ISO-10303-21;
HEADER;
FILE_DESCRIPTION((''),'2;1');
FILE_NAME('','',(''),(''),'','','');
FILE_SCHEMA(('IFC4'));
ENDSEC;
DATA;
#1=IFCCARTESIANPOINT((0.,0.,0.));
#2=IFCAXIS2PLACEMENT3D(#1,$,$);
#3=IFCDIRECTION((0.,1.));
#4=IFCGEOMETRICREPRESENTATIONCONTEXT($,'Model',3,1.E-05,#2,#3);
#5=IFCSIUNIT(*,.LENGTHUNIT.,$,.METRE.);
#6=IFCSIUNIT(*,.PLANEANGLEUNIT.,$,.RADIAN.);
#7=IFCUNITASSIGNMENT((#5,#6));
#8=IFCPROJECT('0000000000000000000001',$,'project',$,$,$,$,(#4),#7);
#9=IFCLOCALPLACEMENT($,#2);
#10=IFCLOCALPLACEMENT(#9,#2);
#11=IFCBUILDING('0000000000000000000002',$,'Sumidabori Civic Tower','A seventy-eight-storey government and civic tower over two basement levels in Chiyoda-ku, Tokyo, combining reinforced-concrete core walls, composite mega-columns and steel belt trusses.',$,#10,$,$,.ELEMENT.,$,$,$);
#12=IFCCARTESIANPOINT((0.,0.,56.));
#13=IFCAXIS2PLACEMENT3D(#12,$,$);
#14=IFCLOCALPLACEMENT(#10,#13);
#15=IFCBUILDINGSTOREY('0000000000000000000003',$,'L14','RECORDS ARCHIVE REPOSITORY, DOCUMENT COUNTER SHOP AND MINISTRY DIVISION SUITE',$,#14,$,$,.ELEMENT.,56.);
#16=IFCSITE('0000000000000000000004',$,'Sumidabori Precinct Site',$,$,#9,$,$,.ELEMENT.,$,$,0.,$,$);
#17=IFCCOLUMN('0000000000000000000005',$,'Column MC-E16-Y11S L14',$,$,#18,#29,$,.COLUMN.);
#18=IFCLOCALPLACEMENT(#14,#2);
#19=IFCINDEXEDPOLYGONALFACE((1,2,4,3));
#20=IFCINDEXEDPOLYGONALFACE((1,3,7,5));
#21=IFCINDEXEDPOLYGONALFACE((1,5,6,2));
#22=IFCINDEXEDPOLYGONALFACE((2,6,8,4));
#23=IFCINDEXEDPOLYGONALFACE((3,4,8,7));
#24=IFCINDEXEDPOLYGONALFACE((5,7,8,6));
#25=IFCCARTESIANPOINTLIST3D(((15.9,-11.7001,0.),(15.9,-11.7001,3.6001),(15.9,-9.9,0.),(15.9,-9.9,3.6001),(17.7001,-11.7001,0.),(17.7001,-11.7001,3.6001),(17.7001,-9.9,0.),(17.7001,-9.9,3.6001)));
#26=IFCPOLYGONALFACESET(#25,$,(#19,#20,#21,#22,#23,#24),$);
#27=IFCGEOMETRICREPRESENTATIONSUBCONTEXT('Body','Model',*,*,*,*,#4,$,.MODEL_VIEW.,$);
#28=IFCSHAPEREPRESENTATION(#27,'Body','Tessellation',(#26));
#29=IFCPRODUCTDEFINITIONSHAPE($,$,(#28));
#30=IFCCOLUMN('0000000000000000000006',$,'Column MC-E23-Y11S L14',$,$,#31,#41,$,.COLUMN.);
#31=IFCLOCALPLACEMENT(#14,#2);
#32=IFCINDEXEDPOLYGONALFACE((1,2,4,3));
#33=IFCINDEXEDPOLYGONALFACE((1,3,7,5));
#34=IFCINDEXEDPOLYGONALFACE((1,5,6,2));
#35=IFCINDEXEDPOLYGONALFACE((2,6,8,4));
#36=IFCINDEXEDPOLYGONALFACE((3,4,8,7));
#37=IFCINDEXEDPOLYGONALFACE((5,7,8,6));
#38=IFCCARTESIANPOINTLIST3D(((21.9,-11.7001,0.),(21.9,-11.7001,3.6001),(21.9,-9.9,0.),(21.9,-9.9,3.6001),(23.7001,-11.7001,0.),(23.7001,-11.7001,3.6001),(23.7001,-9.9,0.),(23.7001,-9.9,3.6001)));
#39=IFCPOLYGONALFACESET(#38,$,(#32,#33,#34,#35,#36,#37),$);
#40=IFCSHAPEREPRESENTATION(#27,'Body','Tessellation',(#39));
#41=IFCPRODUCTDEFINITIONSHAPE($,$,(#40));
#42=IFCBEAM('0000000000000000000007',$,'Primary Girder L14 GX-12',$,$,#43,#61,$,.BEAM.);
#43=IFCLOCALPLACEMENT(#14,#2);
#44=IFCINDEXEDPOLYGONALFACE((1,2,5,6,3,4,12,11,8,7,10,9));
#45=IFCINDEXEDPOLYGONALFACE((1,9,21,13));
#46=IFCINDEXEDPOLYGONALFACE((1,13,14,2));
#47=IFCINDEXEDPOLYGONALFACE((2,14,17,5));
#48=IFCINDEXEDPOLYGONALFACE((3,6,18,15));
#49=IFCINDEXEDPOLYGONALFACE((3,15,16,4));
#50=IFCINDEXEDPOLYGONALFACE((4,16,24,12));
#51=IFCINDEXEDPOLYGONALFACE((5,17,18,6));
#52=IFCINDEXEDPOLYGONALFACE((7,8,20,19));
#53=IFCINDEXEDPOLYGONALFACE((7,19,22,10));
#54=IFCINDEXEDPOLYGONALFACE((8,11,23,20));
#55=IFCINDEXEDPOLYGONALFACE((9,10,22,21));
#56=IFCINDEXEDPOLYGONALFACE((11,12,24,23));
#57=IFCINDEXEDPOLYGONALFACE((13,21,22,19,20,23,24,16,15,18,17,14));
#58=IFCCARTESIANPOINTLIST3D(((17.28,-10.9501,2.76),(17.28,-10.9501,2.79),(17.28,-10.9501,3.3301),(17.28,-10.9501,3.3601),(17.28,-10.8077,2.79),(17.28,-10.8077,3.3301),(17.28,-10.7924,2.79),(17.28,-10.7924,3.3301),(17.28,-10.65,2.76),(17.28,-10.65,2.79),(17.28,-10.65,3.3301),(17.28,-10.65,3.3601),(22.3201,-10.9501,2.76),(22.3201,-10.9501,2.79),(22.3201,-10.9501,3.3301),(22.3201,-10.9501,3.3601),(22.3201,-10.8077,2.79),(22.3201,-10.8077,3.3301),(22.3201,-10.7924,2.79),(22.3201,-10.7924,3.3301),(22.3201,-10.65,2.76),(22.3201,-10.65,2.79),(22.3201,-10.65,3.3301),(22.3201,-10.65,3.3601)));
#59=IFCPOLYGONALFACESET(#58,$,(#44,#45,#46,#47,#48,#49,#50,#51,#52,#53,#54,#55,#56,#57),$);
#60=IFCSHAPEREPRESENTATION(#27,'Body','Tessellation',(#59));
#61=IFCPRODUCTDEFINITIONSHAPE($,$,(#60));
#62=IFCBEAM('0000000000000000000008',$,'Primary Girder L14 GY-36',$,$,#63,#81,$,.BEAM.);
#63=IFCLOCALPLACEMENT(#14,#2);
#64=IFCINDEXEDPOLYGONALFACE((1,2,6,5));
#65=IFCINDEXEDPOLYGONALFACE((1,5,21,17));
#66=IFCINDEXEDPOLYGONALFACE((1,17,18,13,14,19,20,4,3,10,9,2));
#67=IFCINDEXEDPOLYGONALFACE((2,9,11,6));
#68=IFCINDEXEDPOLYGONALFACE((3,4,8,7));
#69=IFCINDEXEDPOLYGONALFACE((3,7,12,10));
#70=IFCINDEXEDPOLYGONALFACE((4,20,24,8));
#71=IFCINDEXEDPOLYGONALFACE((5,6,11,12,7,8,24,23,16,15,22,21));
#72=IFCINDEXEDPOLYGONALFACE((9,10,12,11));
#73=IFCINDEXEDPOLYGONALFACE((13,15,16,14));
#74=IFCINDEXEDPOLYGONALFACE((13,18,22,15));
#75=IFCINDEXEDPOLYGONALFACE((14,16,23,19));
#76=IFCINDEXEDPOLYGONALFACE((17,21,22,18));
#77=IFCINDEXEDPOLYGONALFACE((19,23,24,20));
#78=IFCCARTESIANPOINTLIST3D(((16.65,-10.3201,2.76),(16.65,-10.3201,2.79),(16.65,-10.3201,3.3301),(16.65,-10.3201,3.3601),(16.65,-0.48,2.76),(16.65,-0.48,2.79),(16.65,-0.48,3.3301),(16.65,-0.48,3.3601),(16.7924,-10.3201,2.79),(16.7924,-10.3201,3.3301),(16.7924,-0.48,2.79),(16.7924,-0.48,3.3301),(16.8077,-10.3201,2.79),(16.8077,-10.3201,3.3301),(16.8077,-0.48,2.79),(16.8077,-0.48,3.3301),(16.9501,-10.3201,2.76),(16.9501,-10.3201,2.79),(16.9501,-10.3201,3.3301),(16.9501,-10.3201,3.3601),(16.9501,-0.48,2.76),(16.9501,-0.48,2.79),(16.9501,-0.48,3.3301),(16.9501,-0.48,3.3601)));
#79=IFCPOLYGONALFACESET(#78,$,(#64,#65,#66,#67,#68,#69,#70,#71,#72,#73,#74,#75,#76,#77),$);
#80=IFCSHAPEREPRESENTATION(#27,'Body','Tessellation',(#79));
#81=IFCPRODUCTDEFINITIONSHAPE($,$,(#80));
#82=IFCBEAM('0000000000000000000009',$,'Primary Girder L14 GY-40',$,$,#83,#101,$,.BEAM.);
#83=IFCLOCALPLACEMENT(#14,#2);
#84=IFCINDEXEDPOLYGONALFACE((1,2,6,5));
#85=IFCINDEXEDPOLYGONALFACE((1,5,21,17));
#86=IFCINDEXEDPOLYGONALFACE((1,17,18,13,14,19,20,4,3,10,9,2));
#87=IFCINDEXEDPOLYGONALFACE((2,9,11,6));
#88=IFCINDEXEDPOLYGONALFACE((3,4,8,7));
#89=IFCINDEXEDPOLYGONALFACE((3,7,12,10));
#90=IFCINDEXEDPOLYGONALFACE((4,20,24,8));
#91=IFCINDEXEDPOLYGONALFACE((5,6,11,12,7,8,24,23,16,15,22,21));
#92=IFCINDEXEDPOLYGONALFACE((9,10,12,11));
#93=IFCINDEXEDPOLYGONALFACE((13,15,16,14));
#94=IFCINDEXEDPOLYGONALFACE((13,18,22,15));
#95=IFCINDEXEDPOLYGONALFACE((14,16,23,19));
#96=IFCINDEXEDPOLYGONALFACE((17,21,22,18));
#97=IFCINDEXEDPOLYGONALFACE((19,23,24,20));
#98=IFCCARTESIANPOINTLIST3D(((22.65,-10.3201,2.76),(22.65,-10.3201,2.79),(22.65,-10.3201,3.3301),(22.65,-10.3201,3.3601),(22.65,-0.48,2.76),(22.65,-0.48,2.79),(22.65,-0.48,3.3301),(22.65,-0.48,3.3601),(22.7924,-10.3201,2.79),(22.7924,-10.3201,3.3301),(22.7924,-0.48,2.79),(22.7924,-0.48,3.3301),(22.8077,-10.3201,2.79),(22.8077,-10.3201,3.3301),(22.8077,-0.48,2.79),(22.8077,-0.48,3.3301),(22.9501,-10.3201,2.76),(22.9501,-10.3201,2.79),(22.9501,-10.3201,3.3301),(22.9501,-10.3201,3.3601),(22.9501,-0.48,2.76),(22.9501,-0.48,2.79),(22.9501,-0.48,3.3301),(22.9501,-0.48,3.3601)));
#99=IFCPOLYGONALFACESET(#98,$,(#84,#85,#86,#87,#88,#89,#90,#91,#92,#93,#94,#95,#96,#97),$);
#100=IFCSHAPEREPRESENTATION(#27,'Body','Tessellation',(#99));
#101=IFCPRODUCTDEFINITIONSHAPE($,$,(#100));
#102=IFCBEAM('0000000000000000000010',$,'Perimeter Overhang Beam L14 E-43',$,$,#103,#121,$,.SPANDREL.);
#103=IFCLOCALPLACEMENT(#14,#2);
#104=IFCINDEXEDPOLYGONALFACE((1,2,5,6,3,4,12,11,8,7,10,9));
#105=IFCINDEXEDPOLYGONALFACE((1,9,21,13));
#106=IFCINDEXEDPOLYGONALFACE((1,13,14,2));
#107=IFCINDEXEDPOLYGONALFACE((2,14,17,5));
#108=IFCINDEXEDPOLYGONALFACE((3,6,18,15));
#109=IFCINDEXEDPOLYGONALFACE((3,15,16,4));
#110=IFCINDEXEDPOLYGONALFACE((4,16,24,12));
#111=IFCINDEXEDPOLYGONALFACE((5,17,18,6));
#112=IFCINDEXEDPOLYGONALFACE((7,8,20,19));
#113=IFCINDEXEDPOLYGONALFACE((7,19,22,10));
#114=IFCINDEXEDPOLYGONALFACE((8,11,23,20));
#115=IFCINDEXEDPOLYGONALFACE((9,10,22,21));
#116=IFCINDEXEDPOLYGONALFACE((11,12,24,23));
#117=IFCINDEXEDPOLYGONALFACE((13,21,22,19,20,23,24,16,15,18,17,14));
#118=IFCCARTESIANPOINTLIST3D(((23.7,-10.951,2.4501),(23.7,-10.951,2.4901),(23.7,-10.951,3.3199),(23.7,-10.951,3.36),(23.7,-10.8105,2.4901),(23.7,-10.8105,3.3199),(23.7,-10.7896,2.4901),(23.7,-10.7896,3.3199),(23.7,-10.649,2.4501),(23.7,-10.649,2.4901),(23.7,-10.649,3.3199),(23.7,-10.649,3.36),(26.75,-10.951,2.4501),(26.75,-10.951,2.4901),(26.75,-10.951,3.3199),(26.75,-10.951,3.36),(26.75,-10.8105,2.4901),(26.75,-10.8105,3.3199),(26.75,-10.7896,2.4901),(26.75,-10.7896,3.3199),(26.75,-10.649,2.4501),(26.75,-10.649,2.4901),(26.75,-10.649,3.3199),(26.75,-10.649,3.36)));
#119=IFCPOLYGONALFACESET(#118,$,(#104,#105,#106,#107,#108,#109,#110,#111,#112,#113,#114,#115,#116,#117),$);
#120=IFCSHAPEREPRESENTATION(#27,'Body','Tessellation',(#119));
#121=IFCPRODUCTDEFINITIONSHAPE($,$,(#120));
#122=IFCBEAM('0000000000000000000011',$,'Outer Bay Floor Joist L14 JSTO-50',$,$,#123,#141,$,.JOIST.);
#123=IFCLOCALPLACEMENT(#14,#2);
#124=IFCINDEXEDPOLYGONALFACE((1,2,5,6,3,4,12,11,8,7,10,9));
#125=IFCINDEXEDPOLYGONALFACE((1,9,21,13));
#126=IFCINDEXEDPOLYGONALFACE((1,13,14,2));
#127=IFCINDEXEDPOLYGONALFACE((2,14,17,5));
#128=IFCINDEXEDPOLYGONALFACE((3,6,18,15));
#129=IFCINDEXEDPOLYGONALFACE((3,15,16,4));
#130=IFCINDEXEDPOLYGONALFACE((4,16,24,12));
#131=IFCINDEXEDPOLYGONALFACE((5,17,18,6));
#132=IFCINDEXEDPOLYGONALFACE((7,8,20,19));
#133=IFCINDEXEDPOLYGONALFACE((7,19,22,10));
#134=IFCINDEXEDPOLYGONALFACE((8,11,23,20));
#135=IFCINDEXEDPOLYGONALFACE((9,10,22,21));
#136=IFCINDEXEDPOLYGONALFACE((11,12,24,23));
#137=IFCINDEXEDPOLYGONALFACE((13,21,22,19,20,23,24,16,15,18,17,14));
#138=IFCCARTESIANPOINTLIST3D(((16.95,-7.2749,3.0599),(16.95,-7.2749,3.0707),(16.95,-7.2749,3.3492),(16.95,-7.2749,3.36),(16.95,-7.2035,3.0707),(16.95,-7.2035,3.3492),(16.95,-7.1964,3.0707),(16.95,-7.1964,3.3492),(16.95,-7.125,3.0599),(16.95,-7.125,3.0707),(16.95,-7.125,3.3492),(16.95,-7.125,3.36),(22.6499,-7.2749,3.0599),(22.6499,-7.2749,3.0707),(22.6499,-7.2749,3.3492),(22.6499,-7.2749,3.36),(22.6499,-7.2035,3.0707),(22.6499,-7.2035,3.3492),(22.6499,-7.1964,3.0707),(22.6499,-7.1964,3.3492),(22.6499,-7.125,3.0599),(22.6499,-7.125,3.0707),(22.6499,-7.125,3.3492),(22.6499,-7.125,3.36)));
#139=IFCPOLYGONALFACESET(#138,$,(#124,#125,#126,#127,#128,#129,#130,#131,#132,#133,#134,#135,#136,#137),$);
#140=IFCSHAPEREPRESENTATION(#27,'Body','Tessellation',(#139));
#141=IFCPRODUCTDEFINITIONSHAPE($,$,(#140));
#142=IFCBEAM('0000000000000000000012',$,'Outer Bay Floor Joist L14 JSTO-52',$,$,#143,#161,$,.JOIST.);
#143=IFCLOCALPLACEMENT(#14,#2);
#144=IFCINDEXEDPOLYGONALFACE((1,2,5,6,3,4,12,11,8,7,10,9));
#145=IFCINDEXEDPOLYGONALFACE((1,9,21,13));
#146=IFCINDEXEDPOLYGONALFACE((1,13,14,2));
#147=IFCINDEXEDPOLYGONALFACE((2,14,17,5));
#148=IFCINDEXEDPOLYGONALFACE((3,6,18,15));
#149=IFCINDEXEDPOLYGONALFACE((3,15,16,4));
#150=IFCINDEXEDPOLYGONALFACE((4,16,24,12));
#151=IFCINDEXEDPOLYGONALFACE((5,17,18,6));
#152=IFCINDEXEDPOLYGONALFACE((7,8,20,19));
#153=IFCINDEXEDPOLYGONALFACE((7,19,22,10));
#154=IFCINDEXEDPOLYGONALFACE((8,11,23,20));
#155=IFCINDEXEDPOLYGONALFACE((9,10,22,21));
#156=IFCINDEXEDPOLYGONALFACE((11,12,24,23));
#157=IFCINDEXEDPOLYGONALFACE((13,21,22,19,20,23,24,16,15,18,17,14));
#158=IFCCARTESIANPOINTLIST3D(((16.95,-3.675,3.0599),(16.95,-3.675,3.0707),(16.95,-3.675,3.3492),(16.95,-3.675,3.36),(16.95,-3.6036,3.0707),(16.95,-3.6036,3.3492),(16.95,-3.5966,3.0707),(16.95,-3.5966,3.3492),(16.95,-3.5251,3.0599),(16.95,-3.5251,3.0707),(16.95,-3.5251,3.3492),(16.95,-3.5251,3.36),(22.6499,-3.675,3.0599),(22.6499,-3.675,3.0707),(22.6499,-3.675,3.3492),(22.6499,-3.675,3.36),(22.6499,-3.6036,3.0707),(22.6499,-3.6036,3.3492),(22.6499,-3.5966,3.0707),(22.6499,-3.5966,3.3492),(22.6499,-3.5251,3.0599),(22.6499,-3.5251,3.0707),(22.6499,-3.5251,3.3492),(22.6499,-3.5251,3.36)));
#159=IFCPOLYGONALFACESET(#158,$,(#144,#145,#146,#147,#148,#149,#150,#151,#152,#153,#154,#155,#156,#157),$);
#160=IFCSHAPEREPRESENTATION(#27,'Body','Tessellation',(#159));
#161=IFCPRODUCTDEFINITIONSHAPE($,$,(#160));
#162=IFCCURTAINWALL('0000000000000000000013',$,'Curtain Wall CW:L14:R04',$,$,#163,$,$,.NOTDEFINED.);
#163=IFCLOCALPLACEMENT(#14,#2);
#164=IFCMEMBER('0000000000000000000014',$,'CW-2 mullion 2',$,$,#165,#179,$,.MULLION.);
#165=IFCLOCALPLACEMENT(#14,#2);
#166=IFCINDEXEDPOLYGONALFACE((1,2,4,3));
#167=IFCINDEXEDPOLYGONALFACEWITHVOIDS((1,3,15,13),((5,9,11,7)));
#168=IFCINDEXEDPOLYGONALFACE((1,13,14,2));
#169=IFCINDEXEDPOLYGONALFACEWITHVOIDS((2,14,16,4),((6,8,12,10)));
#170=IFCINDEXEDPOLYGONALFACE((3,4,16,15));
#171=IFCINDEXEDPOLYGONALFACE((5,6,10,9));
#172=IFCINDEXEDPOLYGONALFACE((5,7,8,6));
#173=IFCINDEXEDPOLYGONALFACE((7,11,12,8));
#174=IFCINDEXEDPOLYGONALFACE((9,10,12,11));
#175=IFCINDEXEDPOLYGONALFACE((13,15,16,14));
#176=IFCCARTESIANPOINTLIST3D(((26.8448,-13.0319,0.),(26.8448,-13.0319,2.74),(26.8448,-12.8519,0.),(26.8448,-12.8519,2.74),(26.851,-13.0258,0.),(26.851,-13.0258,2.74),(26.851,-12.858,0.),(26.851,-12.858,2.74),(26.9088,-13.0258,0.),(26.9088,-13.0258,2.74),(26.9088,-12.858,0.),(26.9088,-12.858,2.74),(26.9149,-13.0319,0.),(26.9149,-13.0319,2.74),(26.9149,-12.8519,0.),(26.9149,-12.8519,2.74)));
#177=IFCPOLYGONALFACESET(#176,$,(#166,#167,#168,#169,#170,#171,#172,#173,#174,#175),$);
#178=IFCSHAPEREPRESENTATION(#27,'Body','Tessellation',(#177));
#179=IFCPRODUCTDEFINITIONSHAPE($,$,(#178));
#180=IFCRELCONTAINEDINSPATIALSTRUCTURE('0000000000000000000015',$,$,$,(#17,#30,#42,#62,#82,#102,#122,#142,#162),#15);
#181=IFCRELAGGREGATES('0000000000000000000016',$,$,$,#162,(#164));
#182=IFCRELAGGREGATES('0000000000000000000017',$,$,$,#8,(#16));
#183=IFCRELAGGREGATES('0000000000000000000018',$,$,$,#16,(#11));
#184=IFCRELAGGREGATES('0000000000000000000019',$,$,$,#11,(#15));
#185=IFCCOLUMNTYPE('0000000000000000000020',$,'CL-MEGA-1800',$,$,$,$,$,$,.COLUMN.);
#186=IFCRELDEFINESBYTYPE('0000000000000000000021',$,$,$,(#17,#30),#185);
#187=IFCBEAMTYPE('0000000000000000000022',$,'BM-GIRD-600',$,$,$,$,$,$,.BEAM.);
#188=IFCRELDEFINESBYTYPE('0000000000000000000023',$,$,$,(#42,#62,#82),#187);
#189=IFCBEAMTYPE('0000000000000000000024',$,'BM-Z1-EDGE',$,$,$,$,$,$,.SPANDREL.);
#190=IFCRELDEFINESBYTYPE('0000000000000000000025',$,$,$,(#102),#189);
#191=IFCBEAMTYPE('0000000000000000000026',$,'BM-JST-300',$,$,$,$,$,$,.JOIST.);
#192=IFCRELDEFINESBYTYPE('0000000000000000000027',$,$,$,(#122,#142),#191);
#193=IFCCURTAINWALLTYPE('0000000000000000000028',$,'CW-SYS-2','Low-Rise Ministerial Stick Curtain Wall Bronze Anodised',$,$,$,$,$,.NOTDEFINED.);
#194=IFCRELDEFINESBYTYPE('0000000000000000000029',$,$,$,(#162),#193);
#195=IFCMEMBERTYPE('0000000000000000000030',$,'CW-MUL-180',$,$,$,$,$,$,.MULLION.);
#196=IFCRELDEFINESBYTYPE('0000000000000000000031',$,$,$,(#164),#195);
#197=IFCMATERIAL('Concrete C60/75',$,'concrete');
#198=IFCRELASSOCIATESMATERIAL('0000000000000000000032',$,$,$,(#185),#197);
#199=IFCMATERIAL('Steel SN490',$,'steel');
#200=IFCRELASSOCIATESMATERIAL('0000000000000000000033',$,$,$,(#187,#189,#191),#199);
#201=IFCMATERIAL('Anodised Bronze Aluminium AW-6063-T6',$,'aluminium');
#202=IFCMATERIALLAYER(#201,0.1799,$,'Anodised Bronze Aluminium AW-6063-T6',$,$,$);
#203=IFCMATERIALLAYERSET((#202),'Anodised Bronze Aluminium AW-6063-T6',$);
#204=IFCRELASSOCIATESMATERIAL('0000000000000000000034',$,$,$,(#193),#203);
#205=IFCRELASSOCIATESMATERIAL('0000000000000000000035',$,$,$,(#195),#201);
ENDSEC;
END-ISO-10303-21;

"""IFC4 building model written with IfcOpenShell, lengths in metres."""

from ifc_helpers import new_model, si_unit, direction, frame, origin, origin_2d, place, context, subcontext, project, spatial, rectangle, hollow_rectangle, i_section, extrude, source, transform, mapped, material, layer, layer_set, material_profile, profile_set, type_object, element, aggregate, save


model = new_model("IFC4")

# Units and contexts
model_context = context("Model", 3, precision=1e-05, world=origin(), true_north=direction((0.0, 1.0)))
body_context = subcontext(model_context, "Body", "Model", "MODEL_VIEW")
ifc_project = project(units=[si_unit("LENGTHUNIT", "METRE"), si_unit("PLANEANGLEUNIT", "RADIAN")], contexts=[model_context])

# Site, building, storey
site_placement = place(None, origin())
site = spatial("IfcSite", under=ifc_project, at=site_placement, Name="Sumidabori Precinct Site", CompositionType="ELEMENT", RefElevation=0.0)
building_placement = place(site_placement, origin())
building = spatial("IfcBuilding", under=site, at=building_placement, Name="Sumidabori Civic Tower", Description="A seventy-eight-storey government and civic tower over two basement levels in Chiyoda-ku, Tokyo, combining reinforced-concrete core walls, composite mega-columns and steel belt trusses.", CompositionType="ELEMENT")
storey_placement = place(building_placement, frame((0.0, 0.0, 56.0)))
storey = spatial("IfcBuildingStorey", under=building, at=storey_placement, Name="L14", Description="RECORDS ARCHIVE REPOSITORY, DOCUMENT COUNTER SHOP AND MINISTRY DIVISION SUITE", CompositionType="ELEMENT", Elevation=56.0)

# Columns
ifc_material_1 = material(Name="Concrete C60/75", Category="concrete")
ifc_material_profile_1 = material_profile(ifc_material_1, rectangle(XDim=1.8, YDim=1.8, at=origin_2d()), Name="RC 1800x1800")
ifc_profile_set_1 = profile_set([ifc_material_profile_1], Name="Concrete C60/75")
column_type = type_object("IfcColumnType", Name="CL-MEGA-1800", PredefinedType="COLUMN", material=ifc_profile_set_1)
shared_shape_1 = source(origin(), body_context, "Body", "SweptSolid", [
    extrude(rectangle(XDim=1.8, YDim=1.8, at=origin_2d()), origin(), (0.0, 0.0, 1.0), 3.6001),
])
for number, where, z_axis, x_axis, name in (
    (1, (16.8, -10.8, 0.0), (0.0, 0.0, 1.0), (1.0, 0.0, 0.0), "Column MC-E16-Y11S L14"),
    (2, (22.8, -10.8, 0.0), (0.0, 0.0, 1.0), (1.0, 0.0, 0.0), "Column MC-E23-Y11S L14"),
):
    element("IfcColumn", number, at=place(storey_placement, frame(where, z_axis=z_axis, x_axis=x_axis)), inside=storey, type_object=column_type, Name=name, PredefinedType="COLUMN", context=body_context, shape_type="MappedRepresentation", body=[
        mapped(shared_shape_1, transform((0.0, 0.0, 0.0), x_axis=(1.0, 0.0, 0.0), y_axis=(0.0, 1.0, 0.0), z_axis=(0.0, 0.0, 1.0), scale=1.0)),
    ])

# Beams
ifc_material_2 = material(Name="Steel SN490", Category="steel")
ifc_material_profile_2 = material_profile(ifc_material_2, i_section(OverallWidth=0.3, OverallDepth=0.6001, WebThickness=0.0154, FlangeThickness=0.03, at=origin_2d()), Name="HE 600 B")
ifc_profile_set_2 = profile_set([ifc_material_profile_2], Name="Steel SN490")
beam_type_1 = type_object("IfcBeamType", Name="BM-GIRD-600", PredefinedType="BEAM", material=ifc_profile_set_2)
shared_shape_2 = source(origin(), body_context, "Body", "SweptSolid", [
    extrude(i_section(OverallWidth=0.3, OverallDepth=0.6001, WebThickness=0.0154, FlangeThickness=0.03, at=origin_2d()), origin(), (0.0, 0.0, 1.0), 5.04),
])
beam_1_placement = place(storey_placement, frame((17.28, -10.8, 3.0601), z_axis=(1.0, 0.0, 0.0), x_axis=(0.0, 1.0, 0.0)))
element("IfcBeam", 3, at=beam_1_placement, inside=storey, type_object=beam_type_1, Name="Primary Girder L14 GX-12", PredefinedType="BEAM", context=body_context, shape_type="MappedRepresentation", body=[
    mapped(shared_shape_2, transform((0.0, 0.0, 0.0), x_axis=(1.0, 0.0, 0.0), y_axis=(0.0, 1.0, 0.0), z_axis=(0.0, 0.0, 1.0), scale=1.0)),
])
shared_shape_3 = source(origin(), body_context, "Body", "SweptSolid", [
    extrude(i_section(OverallWidth=0.3, OverallDepth=0.6001, WebThickness=0.0154, FlangeThickness=0.03, at=origin_2d()), origin(), (0.0, 0.0, 1.0), 9.8401),
])
for number, where, z_axis, x_axis, name in (
    (4, (16.8, -10.3201, 3.0601), (0.0, 1.0, 0.0), (-1.0, 0.0, 0.0), "Primary Girder L14 GY-36"),
    (5, (22.8, -10.3201, 3.0601), (0.0, 1.0, 0.0), (-1.0, 0.0, 0.0), "Primary Girder L14 GY-40"),
):
    element("IfcBeam", number, at=place(storey_placement, frame(where, z_axis=z_axis, x_axis=x_axis)), inside=storey, type_object=beam_type_1, Name=name, PredefinedType="BEAM", context=body_context, shape_type="MappedRepresentation", body=[
        mapped(shared_shape_3, transform((0.0, 0.0, 0.0), x_axis=(1.0, 0.0, 0.0), y_axis=(0.0, 1.0, 0.0), z_axis=(0.0, 0.0, 1.0), scale=1.0)),
    ])
ifc_material_profile_3 = material_profile(ifc_material_2, i_section(OverallWidth=0.302, OverallDepth=0.9099, WebThickness=0.021, FlangeThickness=0.04, at=origin_2d()), Name="HE 900 M")
ifc_profile_set_3 = profile_set([ifc_material_profile_3], Name="Steel SN490")
beam_type_2 = type_object("IfcBeamType", Name="BM-Z1-EDGE", PredefinedType="SPANDREL", material=ifc_profile_set_3)
shared_shape_4 = source(origin(), body_context, "Body", "SweptSolid", [
    extrude(i_section(OverallWidth=0.302, OverallDepth=0.9099, WebThickness=0.021, FlangeThickness=0.04, at=origin_2d()), origin(), (0.0, 0.0, 1.0), 3.05),
])
beam_2_placement = place(storey_placement, frame((23.7, -10.8, 2.905), z_axis=(1.0, 0.0, 0.0), x_axis=(0.0, 1.0, 0.0)))
element("IfcBeam", 6, at=beam_2_placement, inside=storey, type_object=beam_type_2, Name="Perimeter Overhang Beam L14 E-43", PredefinedType="SPANDREL", context=body_context, shape_type="MappedRepresentation", body=[
    mapped(shared_shape_4, transform((0.0, 0.0, 0.0), x_axis=(1.0, 0.0, 0.0), y_axis=(0.0, 1.0, 0.0), z_axis=(0.0, 0.0, 1.0), scale=1.0)),
])
ifc_material_profile_4 = material_profile(ifc_material_2, i_section(OverallWidth=0.1499, OverallDepth=0.3, WebThickness=0.0071, FlangeThickness=0.0107, at=origin_2d()), Name="IPE 300")
ifc_profile_set_4 = profile_set([ifc_material_profile_4], Name="Steel SN490")
beam_type_3 = type_object("IfcBeamType", Name="BM-JST-300", PredefinedType="JOIST", material=ifc_profile_set_4)
shared_shape_5 = source(origin(), body_context, "Body", "SweptSolid", [
    extrude(i_section(OverallWidth=0.1499, OverallDepth=0.3, WebThickness=0.0071, FlangeThickness=0.0107, at=origin_2d()), origin(), (0.0, 0.0, 1.0), 5.7),
])
for number, where, z_axis, x_axis, name in (
    (7, (16.95, -7.2, 3.21), (1.0, 0.0, 0.0), (0.0, 1.0, 0.0), "Outer Bay Floor Joist L14 JSTO-50"),
    (8, (16.95, -3.6001, 3.21), (1.0, 0.0, 0.0), (0.0, 1.0, 0.0), "Outer Bay Floor Joist L14 JSTO-52"),
):
    element("IfcBeam", number, at=place(storey_placement, frame(where, z_axis=z_axis, x_axis=x_axis)), inside=storey, type_object=beam_type_3, Name=name, PredefinedType="JOIST", context=body_context, shape_type="MappedRepresentation", body=[
        mapped(shared_shape_5, transform((0.0, 0.0, 0.0), x_axis=(1.0, 0.0, 0.0), y_axis=(0.0, 1.0, 0.0), z_axis=(0.0, 0.0, 1.0), scale=1.0)),
    ])

# Curtain wall, member
ifc_material_3 = material(Name="Anodised Bronze Aluminium AW-6063-T6", Category="aluminium")
ifc_layer_1 = layer(ifc_material_3, 0.1799, Name="Anodised Bronze Aluminium AW-6063-T6")
ifc_layer_set_1 = layer_set([ifc_layer_1], Name="Anodised Bronze Aluminium AW-6063-T6")
curtain_wall_type = type_object("IfcCurtainWallType", Name="CW-SYS-2", Description="Low-Rise Ministerial Stick Curtain Wall Bronze Anodised", PredefinedType="NOTDEFINED", material=ifc_layer_set_1)
curtain_wall_placement = place(storey_placement, origin())
curtain_wall = element("IfcCurtainWall", 9, at=curtain_wall_placement, inside=storey, type_object=curtain_wall_type, Name="Curtain Wall CW:L14:R04", PredefinedType="NOTDEFINED")
ifc_material_profile_5 = material_profile(ifc_material_3, hollow_rectangle(XDim=0.0701, YDim=0.1799, WallThickness=0.0061, at=origin_2d()), Name="ALU MULLION 180x70")
ifc_profile_set_5 = profile_set([ifc_material_profile_5], Name="Anodised Bronze Aluminium AW-6063-T6")
member_type_1 = type_object("IfcMemberType", Name="CW-MUL-180", PredefinedType="MULLION", material=ifc_profile_set_5)
shared_shape_6 = source(origin(), body_context, "Body", "SweptSolid", [
    extrude(hollow_rectangle(XDim=0.0701, YDim=0.1799, WallThickness=0.0061, at=origin_2d()), origin(), (0.0, 0.0, 1.0), 2.74),
])
member_1_placement = place(storey_placement, frame((26.8799, -12.9419, 0.0), z_axis=(0.0, 0.0, 1.0), x_axis=(-1.0, 0.0, 0.0)))
member_1 = element("IfcMember", 10, at=member_1_placement, type_object=member_type_1, Name="CW-2 mullion 2", PredefinedType="MULLION", context=body_context, shape_type="MappedRepresentation", body=[
    mapped(shared_shape_6, transform((0.0, 0.0, 0.0), x_axis=(1.0, 0.0, 0.0), y_axis=(0.0, 1.0, 0.0), z_axis=(0.0, 0.0, 1.0), scale=1.0)),
])
aggregate(curtain_wall, [member_1])

save(model, "model.ifc")
